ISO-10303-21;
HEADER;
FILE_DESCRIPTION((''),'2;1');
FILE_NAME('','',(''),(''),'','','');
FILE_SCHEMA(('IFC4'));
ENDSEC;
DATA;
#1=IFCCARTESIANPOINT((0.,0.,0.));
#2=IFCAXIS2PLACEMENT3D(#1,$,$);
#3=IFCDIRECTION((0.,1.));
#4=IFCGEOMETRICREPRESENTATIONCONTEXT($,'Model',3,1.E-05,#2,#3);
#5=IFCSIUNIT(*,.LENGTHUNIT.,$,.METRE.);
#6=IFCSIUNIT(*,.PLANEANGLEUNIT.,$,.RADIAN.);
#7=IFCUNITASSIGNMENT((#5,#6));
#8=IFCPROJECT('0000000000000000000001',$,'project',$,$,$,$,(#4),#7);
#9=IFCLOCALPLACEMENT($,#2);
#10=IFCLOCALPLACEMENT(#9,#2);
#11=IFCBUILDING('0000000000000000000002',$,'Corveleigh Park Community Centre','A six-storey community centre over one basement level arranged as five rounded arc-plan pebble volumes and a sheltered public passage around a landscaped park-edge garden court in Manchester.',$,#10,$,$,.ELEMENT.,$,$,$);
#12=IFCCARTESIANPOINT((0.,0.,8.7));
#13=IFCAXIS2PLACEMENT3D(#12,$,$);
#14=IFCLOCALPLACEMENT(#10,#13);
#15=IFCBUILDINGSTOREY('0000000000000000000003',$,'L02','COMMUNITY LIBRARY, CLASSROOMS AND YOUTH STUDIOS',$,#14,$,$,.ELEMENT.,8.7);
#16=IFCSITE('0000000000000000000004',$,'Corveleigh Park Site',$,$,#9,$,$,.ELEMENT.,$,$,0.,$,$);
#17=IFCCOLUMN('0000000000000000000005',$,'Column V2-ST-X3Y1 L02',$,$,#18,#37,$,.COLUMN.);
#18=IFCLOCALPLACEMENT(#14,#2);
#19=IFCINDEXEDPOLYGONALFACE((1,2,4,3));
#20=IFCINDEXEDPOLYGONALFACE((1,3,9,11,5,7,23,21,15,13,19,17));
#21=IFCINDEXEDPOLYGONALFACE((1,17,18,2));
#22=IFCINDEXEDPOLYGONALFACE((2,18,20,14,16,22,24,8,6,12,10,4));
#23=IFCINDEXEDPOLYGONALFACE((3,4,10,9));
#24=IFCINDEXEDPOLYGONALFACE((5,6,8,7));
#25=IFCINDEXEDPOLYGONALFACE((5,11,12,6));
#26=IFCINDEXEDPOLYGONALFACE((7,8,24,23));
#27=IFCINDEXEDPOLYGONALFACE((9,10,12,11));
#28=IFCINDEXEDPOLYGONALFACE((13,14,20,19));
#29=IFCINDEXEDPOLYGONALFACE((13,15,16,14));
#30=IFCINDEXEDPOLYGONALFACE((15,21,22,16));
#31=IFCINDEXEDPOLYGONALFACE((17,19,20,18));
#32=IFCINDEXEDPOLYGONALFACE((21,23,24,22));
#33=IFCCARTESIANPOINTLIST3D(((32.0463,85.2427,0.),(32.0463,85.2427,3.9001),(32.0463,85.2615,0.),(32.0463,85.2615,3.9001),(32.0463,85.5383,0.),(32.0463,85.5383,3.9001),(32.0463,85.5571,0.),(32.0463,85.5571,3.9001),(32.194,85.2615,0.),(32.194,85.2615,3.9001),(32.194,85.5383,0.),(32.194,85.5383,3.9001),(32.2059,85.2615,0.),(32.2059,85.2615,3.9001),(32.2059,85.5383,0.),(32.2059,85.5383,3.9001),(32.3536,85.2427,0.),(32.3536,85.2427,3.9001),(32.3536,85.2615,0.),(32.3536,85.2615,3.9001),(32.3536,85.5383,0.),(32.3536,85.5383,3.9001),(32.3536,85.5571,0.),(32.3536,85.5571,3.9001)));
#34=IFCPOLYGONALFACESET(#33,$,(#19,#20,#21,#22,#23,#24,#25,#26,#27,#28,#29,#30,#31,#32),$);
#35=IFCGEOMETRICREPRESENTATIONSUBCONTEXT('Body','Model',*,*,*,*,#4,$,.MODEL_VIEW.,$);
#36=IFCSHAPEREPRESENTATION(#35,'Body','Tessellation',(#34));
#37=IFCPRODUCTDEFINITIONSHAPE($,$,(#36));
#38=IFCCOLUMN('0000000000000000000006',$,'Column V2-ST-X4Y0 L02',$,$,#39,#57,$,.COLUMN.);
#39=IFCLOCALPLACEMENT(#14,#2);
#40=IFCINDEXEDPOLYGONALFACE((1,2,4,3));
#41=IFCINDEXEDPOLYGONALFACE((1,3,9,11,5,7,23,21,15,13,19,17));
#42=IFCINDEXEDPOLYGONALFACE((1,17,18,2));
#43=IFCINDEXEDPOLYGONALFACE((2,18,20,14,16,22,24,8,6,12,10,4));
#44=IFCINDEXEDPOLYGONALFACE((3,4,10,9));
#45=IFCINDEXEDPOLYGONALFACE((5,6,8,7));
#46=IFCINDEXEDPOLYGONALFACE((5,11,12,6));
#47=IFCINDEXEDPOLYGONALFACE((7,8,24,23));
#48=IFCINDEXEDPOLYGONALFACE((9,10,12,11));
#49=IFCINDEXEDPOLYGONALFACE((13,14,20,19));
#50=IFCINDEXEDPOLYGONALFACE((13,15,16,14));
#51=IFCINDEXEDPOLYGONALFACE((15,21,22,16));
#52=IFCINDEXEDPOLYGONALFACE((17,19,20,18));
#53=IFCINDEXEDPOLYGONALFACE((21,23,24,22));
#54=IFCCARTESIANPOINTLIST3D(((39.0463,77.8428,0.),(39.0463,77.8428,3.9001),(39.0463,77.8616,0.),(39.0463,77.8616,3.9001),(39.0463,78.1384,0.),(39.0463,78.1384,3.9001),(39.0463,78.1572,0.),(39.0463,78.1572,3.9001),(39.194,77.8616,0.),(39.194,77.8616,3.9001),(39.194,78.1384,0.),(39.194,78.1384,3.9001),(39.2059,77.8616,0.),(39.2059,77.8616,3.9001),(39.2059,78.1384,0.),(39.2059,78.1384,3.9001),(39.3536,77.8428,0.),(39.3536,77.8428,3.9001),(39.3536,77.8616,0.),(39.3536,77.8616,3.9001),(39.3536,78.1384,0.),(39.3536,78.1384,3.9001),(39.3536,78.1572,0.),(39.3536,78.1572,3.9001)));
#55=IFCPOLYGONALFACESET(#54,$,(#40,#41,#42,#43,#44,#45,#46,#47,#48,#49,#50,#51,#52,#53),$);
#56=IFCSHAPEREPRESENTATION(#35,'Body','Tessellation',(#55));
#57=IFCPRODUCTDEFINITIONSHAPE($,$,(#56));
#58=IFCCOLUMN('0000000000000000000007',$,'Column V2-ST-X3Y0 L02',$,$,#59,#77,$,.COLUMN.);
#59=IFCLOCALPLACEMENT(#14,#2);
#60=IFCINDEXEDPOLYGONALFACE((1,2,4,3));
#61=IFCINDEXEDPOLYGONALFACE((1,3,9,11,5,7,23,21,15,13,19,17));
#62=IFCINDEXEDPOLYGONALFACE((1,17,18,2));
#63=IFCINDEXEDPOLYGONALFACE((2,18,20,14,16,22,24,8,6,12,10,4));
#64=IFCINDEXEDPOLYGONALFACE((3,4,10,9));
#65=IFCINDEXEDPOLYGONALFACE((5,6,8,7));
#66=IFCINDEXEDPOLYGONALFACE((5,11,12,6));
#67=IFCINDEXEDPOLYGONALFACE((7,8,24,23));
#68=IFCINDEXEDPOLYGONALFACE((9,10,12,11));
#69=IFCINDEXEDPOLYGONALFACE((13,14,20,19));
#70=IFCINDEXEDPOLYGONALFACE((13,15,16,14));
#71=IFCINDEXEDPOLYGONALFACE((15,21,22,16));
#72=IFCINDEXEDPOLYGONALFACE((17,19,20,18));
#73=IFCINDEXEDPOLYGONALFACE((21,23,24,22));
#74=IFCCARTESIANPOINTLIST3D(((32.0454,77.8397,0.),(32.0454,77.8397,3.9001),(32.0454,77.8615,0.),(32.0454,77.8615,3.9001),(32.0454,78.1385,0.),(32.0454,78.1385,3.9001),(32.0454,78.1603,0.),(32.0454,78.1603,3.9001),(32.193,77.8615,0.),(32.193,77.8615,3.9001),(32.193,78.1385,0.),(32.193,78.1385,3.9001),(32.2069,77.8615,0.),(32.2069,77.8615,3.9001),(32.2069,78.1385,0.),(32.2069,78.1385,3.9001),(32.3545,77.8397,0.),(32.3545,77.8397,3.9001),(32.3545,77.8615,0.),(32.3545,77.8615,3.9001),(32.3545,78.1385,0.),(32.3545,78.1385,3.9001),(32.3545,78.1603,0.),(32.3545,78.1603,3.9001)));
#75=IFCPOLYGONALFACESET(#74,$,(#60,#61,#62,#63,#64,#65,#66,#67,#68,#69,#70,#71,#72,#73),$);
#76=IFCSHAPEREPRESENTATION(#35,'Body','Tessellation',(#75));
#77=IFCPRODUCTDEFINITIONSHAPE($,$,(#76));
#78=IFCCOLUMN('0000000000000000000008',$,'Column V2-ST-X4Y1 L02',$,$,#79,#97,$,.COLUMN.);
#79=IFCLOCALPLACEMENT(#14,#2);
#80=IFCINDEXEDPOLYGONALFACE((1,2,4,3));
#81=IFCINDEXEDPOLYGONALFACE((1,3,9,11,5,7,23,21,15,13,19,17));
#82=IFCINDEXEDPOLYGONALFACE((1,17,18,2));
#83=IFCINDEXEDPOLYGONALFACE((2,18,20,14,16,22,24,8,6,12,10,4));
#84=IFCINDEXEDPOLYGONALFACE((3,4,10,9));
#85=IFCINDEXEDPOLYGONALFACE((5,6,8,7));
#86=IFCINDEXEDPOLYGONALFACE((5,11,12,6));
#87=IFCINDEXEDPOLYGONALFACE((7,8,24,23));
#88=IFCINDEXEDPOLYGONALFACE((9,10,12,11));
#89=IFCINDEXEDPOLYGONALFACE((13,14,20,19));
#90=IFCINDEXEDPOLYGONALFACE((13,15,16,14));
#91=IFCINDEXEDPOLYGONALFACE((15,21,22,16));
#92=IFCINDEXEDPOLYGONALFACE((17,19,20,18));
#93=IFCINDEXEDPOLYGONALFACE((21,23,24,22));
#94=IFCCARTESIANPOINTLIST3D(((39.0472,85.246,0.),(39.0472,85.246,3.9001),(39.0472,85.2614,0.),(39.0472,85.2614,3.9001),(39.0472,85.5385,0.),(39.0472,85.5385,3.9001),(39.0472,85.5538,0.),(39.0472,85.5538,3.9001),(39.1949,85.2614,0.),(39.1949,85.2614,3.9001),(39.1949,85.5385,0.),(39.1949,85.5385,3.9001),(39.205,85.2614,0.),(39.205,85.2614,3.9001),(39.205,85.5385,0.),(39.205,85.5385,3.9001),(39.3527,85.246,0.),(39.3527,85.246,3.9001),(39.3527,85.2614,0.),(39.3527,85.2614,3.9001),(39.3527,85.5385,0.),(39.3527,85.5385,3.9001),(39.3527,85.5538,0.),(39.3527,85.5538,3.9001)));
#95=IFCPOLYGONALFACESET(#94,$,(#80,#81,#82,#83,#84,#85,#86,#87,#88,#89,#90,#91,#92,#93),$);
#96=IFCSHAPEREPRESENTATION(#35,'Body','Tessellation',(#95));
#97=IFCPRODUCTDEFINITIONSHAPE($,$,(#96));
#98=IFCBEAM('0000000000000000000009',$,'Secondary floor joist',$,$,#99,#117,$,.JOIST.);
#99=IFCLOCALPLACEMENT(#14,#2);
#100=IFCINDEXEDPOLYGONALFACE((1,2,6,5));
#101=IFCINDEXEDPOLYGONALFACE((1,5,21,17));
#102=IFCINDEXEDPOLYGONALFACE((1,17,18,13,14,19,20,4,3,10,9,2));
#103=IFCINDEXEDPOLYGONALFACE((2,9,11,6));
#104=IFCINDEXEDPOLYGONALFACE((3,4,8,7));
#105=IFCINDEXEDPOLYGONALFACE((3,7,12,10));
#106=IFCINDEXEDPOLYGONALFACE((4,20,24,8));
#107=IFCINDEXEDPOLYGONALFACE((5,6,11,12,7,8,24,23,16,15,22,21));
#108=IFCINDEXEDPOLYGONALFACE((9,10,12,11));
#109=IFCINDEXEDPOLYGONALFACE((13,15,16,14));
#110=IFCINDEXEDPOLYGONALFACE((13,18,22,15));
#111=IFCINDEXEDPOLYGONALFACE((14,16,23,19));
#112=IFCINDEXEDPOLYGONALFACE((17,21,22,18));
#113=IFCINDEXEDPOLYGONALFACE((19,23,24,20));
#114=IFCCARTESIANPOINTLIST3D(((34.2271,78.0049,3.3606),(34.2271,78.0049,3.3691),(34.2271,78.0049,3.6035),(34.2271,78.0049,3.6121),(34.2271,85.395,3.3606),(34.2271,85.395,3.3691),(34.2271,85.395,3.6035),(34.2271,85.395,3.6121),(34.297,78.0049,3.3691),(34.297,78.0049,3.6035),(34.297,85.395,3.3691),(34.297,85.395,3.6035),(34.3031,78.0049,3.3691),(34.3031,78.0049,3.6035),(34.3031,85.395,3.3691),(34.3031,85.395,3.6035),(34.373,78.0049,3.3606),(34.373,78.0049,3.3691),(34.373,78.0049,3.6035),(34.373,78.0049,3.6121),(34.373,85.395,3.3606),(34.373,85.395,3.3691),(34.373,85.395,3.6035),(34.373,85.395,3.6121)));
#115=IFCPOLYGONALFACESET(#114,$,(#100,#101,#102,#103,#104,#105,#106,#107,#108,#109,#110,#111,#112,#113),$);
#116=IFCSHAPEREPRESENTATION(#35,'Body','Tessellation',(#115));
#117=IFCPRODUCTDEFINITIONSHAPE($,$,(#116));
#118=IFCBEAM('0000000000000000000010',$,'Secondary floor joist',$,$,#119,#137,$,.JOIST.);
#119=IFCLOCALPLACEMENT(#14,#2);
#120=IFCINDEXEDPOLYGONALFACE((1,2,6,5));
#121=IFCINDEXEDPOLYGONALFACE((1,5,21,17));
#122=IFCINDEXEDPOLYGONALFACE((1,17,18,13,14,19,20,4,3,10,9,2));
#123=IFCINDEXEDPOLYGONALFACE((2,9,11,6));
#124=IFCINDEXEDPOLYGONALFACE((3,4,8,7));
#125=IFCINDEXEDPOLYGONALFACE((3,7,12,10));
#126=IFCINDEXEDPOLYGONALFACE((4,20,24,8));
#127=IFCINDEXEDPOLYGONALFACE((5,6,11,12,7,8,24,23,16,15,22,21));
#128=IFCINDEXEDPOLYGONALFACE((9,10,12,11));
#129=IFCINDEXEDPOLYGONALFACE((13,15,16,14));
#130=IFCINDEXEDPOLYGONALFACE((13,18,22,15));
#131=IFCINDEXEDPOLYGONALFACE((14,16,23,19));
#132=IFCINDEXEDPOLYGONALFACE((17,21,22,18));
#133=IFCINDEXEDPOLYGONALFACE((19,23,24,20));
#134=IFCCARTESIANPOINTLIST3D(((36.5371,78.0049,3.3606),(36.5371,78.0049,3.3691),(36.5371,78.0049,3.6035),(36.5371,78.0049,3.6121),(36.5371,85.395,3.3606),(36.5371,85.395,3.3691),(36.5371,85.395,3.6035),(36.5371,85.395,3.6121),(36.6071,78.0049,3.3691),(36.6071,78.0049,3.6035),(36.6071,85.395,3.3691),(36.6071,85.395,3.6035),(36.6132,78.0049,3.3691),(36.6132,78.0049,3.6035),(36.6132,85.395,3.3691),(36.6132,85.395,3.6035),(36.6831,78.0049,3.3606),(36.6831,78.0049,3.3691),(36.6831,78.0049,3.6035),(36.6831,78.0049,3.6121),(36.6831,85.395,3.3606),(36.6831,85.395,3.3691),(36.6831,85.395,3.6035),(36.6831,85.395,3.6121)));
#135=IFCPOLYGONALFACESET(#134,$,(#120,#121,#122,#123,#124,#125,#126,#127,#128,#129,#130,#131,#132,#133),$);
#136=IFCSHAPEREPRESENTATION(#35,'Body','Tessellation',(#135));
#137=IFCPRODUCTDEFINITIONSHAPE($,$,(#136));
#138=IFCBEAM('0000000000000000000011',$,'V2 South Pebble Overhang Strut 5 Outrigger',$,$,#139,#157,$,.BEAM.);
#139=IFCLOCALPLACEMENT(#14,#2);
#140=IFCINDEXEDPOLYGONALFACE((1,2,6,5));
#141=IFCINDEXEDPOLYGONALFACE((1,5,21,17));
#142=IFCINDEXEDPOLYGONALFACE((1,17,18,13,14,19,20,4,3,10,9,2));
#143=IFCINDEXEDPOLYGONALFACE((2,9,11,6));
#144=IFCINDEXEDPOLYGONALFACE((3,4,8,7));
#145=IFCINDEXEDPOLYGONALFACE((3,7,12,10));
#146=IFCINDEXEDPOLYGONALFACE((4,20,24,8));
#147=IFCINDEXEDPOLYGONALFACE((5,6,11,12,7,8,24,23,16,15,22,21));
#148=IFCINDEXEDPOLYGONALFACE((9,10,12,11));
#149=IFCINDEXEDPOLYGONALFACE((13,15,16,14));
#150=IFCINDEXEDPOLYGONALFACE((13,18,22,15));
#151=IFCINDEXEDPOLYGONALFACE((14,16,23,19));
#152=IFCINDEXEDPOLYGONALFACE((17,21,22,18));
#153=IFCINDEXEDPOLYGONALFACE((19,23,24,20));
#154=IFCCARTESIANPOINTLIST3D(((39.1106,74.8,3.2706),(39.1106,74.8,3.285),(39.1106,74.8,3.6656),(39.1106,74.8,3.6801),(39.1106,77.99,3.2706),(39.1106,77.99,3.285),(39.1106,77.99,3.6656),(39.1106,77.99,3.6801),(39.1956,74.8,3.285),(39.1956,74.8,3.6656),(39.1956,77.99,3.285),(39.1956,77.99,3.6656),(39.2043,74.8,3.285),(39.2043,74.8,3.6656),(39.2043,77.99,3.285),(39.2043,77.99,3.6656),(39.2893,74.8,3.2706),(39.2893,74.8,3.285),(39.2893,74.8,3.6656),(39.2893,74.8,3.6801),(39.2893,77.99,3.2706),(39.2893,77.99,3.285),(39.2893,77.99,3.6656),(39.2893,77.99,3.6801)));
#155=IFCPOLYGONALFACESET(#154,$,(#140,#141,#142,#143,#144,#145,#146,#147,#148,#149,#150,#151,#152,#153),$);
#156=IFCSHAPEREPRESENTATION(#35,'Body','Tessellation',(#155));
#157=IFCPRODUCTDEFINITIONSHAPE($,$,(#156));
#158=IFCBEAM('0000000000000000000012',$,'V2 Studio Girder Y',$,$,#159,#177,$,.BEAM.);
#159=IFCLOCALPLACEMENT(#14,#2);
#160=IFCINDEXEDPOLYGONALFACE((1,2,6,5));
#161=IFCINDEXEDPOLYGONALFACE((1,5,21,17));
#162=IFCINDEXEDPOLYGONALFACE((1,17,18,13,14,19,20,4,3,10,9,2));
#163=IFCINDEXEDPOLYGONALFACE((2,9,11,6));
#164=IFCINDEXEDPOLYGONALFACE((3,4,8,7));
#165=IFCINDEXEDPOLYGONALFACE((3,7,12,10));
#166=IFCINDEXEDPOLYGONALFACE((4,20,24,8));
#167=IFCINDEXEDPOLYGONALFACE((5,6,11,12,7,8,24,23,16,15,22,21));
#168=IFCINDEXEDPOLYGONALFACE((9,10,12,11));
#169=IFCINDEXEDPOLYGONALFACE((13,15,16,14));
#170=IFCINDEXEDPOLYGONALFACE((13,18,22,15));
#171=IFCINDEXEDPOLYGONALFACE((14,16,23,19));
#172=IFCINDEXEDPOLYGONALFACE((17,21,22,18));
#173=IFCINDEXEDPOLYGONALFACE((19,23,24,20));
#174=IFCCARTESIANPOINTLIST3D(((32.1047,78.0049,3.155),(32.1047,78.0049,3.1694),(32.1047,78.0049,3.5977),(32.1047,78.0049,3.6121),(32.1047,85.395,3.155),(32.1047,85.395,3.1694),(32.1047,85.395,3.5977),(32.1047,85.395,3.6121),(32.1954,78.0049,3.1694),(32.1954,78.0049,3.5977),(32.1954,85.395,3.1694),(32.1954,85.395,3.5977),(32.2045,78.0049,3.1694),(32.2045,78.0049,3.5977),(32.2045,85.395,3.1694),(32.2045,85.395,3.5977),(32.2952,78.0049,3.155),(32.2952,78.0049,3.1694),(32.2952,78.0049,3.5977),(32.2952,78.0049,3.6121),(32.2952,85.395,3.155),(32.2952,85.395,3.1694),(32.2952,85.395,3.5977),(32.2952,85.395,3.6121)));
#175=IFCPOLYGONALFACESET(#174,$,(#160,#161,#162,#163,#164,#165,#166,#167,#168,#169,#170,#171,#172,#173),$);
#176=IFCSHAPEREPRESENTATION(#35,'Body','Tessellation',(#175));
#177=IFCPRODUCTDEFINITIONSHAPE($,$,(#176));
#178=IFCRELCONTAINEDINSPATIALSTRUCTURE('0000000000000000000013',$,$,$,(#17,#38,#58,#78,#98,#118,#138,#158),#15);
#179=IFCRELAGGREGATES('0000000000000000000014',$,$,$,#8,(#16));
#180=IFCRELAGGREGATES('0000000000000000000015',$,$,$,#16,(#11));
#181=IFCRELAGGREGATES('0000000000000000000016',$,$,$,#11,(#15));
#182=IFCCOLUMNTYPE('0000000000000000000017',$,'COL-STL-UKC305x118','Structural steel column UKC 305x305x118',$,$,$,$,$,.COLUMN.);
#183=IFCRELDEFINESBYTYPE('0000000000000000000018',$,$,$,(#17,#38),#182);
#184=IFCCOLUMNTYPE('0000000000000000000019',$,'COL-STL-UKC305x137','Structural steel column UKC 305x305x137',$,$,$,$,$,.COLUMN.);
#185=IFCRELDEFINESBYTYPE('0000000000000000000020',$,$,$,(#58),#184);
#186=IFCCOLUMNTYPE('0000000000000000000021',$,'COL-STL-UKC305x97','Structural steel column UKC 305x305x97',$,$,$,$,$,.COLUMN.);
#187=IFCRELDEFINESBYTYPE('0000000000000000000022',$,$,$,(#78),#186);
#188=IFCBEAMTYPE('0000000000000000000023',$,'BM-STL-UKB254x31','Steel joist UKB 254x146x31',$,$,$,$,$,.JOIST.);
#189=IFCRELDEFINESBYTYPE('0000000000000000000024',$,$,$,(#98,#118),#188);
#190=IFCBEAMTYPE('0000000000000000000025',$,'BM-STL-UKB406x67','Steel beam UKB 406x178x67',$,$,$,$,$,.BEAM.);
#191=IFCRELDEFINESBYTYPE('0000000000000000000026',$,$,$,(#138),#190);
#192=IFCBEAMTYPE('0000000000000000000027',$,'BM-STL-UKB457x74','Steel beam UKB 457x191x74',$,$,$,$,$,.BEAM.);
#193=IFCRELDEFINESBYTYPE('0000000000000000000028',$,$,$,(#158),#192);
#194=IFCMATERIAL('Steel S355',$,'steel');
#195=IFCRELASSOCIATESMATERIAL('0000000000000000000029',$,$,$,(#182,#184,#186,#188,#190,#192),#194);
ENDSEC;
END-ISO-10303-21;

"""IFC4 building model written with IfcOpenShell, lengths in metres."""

from ifc_helpers import new_model, si_unit, direction, frame, origin, origin_2d, place, context, subcontext, project, spatial, i_section, extrude, material, material_profile, profile_set, type_object, element, save


model = new_model("IFC4")

# Units and contexts
model_context = context("Model", 3, precision=1e-05, world=origin(), true_north=direction((0.0, 1.0)))
body_context = subcontext(model_context, "Body", "Model", "MODEL_VIEW")
ifc_project = project(units=[si_unit("LENGTHUNIT", "METRE"), si_unit("PLANEANGLEUNIT", "RADIAN")], contexts=[model_context])

# Site, building, storey
site_placement = place(None, origin())
site = spatial("IfcSite", under=ifc_project, at=site_placement, Name="Corveleigh Park Site", CompositionType="ELEMENT", RefElevation=0.0)
building_placement = place(site_placement, origin())
building = spatial("IfcBuilding", under=site, at=building_placement, Name="Corveleigh Park Community Centre", Description="A six-storey community centre over one basement level arranged as five rounded arc-plan pebble volumes and a sheltered public passage around a landscaped park-edge garden court in Manchester.", CompositionType="ELEMENT")
storey_placement = place(building_placement, frame((0.0, 0.0, 8.7)))
storey = spatial("IfcBuildingStorey", under=building, at=storey_placement, Name="L02", Description="COMMUNITY LIBRARY, CLASSROOMS AND YOUTH STUDIOS", CompositionType="ELEMENT", Elevation=8.7)

# Columns
ifc_material_1 = material(Name="Steel S355", Category="steel")
ifc_material_profile_1 = material_profile(ifc_material_1, i_section(OverallWidth=0.3074, OverallDepth=0.3145, WebThickness=0.012, FlangeThickness=0.0188, at=origin_2d()), Name="UKC 305x305x118", Category="steel")
ifc_profile_set_1 = profile_set([ifc_material_profile_1], Name="Steel S355")
column_type_1 = type_object("IfcColumnType", Name="COL-STL-UKC305x118", Description="Structural steel column UKC 305x305x118", PredefinedType="COLUMN", material=ifc_profile_set_1)
for number, where, z_axis, x_axis, name in (
    (1, (32.2, 85.3999, 0.0), (0.0, 0.0, 1.0), (1.0, 0.0, 0.0), "Column V2-ST-X3Y1 L02"),
    (2, (39.2, 78.0, 0.0), (0.0, 0.0, 1.0), (1.0, 0.0, 0.0), "Column V2-ST-X4Y0 L02"),
):
    element("IfcColumn", number, at=place(storey_placement, frame(where, z_axis=z_axis, x_axis=x_axis)), inside=storey, type_object=column_type_1, Name=name, PredefinedType="COLUMN", context=body_context, shape_type="SweptSolid", body=[
        extrude(i_section(OverallWidth=0.3074, OverallDepth=0.3145, WebThickness=0.012, FlangeThickness=0.0188, at=origin_2d()), origin(), (0.0, 0.0, 1.0), 3.9001),
    ])
ifc_material_profile_2 = material_profile(ifc_material_1, i_section(OverallWidth=0.3091, OverallDepth=0.3206, WebThickness=0.0139, FlangeThickness=0.0217, at=origin_2d()), Name="UKC 305x305x137", Category="steel")
ifc_profile_set_2 = profile_set([ifc_material_profile_2], Name="Steel S355")
column_type_2 = type_object("IfcColumnType", Name="COL-STL-UKC305x137", Description="Structural steel column UKC 305x305x137", PredefinedType="COLUMN", material=ifc_profile_set_2)
column_1_placement = place(storey_placement, frame((32.2, 78.0, 0.0), z_axis=(0.0, 0.0, 1.0), x_axis=(1.0, 0.0, 0.0)))
element("IfcColumn", 3, at=column_1_placement, inside=storey, type_object=column_type_2, Name="Column V2-ST-X3Y0 L02", PredefinedType="COLUMN", context=body_context, shape_type="SweptSolid", body=[
    extrude(i_section(OverallWidth=0.3091, OverallDepth=0.3206, WebThickness=0.0139, FlangeThickness=0.0217, at=origin_2d()), origin(), (0.0, 0.0, 1.0), 3.9001),
])
ifc_material_profile_3 = material_profile(ifc_material_1, i_section(OverallWidth=0.3054, OverallDepth=0.3079, WebThickness=0.01, FlangeThickness=0.0154, at=origin_2d()), Name="UKC 305x305x97", Category="steel")
ifc_profile_set_3 = profile_set([ifc_material_profile_3], Name="Steel S355")
column_type_3 = type_object("IfcColumnType", Name="COL-STL-UKC305x97", Description="Structural steel column UKC 305x305x97", PredefinedType="COLUMN", material=ifc_profile_set_3)
column_2_placement = place(storey_placement, frame((39.2, 85.3999, 0.0), z_axis=(0.0, 0.0, 1.0), x_axis=(1.0, 0.0, 0.0)))
element("IfcColumn", 4, at=column_2_placement, inside=storey, type_object=column_type_3, Name="Column V2-ST-X4Y1 L02", PredefinedType="COLUMN", context=body_context, shape_type="SweptSolid", body=[
    extrude(i_section(OverallWidth=0.3054, OverallDepth=0.3079, WebThickness=0.01, FlangeThickness=0.0154, at=origin_2d()), origin(), (0.0, 0.0, 1.0), 3.9001),
])

# Beams
ifc_material_profile_4 = material_profile(ifc_material_1, i_section(OverallWidth=0.146, OverallDepth=0.2515, WebThickness=0.0061, FlangeThickness=0.0085, at=origin_2d()), Name="UKB 254x146x31", Category="steel")
ifc_profile_set_4 = profile_set([ifc_material_profile_4], Name="Steel S355")
beam_type_1 = type_object("IfcBeamType", Name="BM-STL-UKB254x31", Description="Steel joist UKB 254x146x31", PredefinedType="JOIST", material=ifc_profile_set_4)
for number, where, z_axis, x_axis, name in (
    (5, (34.3, 78.0049, 3.4863), (0.0, 1.0, 0.0), (-1.0, 0.0, 0.0), "Secondary floor joist"),
    (6, (36.6101, 78.0049, 3.4863), (0.0, 1.0, 0.0), (-1.0, 0.0, 0.0), "Secondary floor joist"),
):
    element("IfcBeam", number, at=place(storey_placement, frame(where, z_axis=z_axis, x_axis=x_axis)), inside=storey, type_object=beam_type_1, Name=name, PredefinedType="JOIST", context=body_context, shape_type="SweptSolid", body=[
        extrude(i_section(OverallWidth=0.146, OverallDepth=0.2515, WebThickness=0.0061, FlangeThickness=0.0085, at=origin_2d()), origin(), (0.0, 0.0, 1.0), 7.3901),
    ])
ifc_material_profile_5 = material_profile(ifc_material_1, i_section(OverallWidth=0.1787, OverallDepth=0.4094, WebThickness=0.0088, FlangeThickness=0.0144, at=origin_2d()), Name="UKB 406x178x67", Category="steel")
ifc_profile_set_5 = profile_set([ifc_material_profile_5], Name="Steel S355")
beam_type_2 = type_object("IfcBeamType", Name="BM-STL-UKB406x67", Description="Steel beam UKB 406x178x67", PredefinedType="BEAM", material=ifc_profile_set_5)
beam_1_placement = place(storey_placement, frame((39.2, 77.99, 3.4753), z_axis=(0.0, -1.0, 0.0), x_axis=(1.0, 0.0, 0.0)))
element("IfcBeam", 7, at=beam_1_placement, inside=storey, type_object=beam_type_2, Name="V2 South Pebble Overhang Strut 5 Outrigger", PredefinedType="BEAM", context=body_context, shape_type="SweptSolid", body=[
    extrude(i_section(OverallWidth=0.1787, OverallDepth=0.4094, WebThickness=0.0088, FlangeThickness=0.0144, at=origin_2d()), origin(), (0.0, 0.0, 1.0), 3.1899),
])
ifc_material_profile_6 = material_profile(ifc_material_1, i_section(OverallWidth=0.1904, OverallDepth=0.457, WebThickness=0.009, FlangeThickness=0.0144, at=origin_2d()), Name="UKB 457x191x74", Category="steel")
ifc_profile_set_6 = profile_set([ifc_material_profile_6], Name="Steel S355")
beam_type_3 = type_object("IfcBeamType", Name="BM-STL-UKB457x74", Description="Steel beam UKB 457x191x74", PredefinedType="BEAM", material=ifc_profile_set_6)
for number, where, z_axis, x_axis, name in (
    (8, (32.2, 78.0049, 3.3835), (0.0, 1.0, 0.0), (-1.0, 0.0, 0.0), "V2 Studio Girder Y"),
):
    element("IfcBeam", number, at=place(storey_placement, frame(where, z_axis=z_axis, x_axis=x_axis)), inside=storey, type_object=beam_type_3, Name=name, PredefinedType="BEAM", context=body_context, shape_type="SweptSolid", body=[
        extrude(i_section(OverallWidth=0.1904, OverallDepth=0.457, WebThickness=0.009, FlangeThickness=0.0144, at=origin_2d()), origin(), (0.0, 0.0, 1.0), 7.3901),
    ])

save(model, "model.ifc")
